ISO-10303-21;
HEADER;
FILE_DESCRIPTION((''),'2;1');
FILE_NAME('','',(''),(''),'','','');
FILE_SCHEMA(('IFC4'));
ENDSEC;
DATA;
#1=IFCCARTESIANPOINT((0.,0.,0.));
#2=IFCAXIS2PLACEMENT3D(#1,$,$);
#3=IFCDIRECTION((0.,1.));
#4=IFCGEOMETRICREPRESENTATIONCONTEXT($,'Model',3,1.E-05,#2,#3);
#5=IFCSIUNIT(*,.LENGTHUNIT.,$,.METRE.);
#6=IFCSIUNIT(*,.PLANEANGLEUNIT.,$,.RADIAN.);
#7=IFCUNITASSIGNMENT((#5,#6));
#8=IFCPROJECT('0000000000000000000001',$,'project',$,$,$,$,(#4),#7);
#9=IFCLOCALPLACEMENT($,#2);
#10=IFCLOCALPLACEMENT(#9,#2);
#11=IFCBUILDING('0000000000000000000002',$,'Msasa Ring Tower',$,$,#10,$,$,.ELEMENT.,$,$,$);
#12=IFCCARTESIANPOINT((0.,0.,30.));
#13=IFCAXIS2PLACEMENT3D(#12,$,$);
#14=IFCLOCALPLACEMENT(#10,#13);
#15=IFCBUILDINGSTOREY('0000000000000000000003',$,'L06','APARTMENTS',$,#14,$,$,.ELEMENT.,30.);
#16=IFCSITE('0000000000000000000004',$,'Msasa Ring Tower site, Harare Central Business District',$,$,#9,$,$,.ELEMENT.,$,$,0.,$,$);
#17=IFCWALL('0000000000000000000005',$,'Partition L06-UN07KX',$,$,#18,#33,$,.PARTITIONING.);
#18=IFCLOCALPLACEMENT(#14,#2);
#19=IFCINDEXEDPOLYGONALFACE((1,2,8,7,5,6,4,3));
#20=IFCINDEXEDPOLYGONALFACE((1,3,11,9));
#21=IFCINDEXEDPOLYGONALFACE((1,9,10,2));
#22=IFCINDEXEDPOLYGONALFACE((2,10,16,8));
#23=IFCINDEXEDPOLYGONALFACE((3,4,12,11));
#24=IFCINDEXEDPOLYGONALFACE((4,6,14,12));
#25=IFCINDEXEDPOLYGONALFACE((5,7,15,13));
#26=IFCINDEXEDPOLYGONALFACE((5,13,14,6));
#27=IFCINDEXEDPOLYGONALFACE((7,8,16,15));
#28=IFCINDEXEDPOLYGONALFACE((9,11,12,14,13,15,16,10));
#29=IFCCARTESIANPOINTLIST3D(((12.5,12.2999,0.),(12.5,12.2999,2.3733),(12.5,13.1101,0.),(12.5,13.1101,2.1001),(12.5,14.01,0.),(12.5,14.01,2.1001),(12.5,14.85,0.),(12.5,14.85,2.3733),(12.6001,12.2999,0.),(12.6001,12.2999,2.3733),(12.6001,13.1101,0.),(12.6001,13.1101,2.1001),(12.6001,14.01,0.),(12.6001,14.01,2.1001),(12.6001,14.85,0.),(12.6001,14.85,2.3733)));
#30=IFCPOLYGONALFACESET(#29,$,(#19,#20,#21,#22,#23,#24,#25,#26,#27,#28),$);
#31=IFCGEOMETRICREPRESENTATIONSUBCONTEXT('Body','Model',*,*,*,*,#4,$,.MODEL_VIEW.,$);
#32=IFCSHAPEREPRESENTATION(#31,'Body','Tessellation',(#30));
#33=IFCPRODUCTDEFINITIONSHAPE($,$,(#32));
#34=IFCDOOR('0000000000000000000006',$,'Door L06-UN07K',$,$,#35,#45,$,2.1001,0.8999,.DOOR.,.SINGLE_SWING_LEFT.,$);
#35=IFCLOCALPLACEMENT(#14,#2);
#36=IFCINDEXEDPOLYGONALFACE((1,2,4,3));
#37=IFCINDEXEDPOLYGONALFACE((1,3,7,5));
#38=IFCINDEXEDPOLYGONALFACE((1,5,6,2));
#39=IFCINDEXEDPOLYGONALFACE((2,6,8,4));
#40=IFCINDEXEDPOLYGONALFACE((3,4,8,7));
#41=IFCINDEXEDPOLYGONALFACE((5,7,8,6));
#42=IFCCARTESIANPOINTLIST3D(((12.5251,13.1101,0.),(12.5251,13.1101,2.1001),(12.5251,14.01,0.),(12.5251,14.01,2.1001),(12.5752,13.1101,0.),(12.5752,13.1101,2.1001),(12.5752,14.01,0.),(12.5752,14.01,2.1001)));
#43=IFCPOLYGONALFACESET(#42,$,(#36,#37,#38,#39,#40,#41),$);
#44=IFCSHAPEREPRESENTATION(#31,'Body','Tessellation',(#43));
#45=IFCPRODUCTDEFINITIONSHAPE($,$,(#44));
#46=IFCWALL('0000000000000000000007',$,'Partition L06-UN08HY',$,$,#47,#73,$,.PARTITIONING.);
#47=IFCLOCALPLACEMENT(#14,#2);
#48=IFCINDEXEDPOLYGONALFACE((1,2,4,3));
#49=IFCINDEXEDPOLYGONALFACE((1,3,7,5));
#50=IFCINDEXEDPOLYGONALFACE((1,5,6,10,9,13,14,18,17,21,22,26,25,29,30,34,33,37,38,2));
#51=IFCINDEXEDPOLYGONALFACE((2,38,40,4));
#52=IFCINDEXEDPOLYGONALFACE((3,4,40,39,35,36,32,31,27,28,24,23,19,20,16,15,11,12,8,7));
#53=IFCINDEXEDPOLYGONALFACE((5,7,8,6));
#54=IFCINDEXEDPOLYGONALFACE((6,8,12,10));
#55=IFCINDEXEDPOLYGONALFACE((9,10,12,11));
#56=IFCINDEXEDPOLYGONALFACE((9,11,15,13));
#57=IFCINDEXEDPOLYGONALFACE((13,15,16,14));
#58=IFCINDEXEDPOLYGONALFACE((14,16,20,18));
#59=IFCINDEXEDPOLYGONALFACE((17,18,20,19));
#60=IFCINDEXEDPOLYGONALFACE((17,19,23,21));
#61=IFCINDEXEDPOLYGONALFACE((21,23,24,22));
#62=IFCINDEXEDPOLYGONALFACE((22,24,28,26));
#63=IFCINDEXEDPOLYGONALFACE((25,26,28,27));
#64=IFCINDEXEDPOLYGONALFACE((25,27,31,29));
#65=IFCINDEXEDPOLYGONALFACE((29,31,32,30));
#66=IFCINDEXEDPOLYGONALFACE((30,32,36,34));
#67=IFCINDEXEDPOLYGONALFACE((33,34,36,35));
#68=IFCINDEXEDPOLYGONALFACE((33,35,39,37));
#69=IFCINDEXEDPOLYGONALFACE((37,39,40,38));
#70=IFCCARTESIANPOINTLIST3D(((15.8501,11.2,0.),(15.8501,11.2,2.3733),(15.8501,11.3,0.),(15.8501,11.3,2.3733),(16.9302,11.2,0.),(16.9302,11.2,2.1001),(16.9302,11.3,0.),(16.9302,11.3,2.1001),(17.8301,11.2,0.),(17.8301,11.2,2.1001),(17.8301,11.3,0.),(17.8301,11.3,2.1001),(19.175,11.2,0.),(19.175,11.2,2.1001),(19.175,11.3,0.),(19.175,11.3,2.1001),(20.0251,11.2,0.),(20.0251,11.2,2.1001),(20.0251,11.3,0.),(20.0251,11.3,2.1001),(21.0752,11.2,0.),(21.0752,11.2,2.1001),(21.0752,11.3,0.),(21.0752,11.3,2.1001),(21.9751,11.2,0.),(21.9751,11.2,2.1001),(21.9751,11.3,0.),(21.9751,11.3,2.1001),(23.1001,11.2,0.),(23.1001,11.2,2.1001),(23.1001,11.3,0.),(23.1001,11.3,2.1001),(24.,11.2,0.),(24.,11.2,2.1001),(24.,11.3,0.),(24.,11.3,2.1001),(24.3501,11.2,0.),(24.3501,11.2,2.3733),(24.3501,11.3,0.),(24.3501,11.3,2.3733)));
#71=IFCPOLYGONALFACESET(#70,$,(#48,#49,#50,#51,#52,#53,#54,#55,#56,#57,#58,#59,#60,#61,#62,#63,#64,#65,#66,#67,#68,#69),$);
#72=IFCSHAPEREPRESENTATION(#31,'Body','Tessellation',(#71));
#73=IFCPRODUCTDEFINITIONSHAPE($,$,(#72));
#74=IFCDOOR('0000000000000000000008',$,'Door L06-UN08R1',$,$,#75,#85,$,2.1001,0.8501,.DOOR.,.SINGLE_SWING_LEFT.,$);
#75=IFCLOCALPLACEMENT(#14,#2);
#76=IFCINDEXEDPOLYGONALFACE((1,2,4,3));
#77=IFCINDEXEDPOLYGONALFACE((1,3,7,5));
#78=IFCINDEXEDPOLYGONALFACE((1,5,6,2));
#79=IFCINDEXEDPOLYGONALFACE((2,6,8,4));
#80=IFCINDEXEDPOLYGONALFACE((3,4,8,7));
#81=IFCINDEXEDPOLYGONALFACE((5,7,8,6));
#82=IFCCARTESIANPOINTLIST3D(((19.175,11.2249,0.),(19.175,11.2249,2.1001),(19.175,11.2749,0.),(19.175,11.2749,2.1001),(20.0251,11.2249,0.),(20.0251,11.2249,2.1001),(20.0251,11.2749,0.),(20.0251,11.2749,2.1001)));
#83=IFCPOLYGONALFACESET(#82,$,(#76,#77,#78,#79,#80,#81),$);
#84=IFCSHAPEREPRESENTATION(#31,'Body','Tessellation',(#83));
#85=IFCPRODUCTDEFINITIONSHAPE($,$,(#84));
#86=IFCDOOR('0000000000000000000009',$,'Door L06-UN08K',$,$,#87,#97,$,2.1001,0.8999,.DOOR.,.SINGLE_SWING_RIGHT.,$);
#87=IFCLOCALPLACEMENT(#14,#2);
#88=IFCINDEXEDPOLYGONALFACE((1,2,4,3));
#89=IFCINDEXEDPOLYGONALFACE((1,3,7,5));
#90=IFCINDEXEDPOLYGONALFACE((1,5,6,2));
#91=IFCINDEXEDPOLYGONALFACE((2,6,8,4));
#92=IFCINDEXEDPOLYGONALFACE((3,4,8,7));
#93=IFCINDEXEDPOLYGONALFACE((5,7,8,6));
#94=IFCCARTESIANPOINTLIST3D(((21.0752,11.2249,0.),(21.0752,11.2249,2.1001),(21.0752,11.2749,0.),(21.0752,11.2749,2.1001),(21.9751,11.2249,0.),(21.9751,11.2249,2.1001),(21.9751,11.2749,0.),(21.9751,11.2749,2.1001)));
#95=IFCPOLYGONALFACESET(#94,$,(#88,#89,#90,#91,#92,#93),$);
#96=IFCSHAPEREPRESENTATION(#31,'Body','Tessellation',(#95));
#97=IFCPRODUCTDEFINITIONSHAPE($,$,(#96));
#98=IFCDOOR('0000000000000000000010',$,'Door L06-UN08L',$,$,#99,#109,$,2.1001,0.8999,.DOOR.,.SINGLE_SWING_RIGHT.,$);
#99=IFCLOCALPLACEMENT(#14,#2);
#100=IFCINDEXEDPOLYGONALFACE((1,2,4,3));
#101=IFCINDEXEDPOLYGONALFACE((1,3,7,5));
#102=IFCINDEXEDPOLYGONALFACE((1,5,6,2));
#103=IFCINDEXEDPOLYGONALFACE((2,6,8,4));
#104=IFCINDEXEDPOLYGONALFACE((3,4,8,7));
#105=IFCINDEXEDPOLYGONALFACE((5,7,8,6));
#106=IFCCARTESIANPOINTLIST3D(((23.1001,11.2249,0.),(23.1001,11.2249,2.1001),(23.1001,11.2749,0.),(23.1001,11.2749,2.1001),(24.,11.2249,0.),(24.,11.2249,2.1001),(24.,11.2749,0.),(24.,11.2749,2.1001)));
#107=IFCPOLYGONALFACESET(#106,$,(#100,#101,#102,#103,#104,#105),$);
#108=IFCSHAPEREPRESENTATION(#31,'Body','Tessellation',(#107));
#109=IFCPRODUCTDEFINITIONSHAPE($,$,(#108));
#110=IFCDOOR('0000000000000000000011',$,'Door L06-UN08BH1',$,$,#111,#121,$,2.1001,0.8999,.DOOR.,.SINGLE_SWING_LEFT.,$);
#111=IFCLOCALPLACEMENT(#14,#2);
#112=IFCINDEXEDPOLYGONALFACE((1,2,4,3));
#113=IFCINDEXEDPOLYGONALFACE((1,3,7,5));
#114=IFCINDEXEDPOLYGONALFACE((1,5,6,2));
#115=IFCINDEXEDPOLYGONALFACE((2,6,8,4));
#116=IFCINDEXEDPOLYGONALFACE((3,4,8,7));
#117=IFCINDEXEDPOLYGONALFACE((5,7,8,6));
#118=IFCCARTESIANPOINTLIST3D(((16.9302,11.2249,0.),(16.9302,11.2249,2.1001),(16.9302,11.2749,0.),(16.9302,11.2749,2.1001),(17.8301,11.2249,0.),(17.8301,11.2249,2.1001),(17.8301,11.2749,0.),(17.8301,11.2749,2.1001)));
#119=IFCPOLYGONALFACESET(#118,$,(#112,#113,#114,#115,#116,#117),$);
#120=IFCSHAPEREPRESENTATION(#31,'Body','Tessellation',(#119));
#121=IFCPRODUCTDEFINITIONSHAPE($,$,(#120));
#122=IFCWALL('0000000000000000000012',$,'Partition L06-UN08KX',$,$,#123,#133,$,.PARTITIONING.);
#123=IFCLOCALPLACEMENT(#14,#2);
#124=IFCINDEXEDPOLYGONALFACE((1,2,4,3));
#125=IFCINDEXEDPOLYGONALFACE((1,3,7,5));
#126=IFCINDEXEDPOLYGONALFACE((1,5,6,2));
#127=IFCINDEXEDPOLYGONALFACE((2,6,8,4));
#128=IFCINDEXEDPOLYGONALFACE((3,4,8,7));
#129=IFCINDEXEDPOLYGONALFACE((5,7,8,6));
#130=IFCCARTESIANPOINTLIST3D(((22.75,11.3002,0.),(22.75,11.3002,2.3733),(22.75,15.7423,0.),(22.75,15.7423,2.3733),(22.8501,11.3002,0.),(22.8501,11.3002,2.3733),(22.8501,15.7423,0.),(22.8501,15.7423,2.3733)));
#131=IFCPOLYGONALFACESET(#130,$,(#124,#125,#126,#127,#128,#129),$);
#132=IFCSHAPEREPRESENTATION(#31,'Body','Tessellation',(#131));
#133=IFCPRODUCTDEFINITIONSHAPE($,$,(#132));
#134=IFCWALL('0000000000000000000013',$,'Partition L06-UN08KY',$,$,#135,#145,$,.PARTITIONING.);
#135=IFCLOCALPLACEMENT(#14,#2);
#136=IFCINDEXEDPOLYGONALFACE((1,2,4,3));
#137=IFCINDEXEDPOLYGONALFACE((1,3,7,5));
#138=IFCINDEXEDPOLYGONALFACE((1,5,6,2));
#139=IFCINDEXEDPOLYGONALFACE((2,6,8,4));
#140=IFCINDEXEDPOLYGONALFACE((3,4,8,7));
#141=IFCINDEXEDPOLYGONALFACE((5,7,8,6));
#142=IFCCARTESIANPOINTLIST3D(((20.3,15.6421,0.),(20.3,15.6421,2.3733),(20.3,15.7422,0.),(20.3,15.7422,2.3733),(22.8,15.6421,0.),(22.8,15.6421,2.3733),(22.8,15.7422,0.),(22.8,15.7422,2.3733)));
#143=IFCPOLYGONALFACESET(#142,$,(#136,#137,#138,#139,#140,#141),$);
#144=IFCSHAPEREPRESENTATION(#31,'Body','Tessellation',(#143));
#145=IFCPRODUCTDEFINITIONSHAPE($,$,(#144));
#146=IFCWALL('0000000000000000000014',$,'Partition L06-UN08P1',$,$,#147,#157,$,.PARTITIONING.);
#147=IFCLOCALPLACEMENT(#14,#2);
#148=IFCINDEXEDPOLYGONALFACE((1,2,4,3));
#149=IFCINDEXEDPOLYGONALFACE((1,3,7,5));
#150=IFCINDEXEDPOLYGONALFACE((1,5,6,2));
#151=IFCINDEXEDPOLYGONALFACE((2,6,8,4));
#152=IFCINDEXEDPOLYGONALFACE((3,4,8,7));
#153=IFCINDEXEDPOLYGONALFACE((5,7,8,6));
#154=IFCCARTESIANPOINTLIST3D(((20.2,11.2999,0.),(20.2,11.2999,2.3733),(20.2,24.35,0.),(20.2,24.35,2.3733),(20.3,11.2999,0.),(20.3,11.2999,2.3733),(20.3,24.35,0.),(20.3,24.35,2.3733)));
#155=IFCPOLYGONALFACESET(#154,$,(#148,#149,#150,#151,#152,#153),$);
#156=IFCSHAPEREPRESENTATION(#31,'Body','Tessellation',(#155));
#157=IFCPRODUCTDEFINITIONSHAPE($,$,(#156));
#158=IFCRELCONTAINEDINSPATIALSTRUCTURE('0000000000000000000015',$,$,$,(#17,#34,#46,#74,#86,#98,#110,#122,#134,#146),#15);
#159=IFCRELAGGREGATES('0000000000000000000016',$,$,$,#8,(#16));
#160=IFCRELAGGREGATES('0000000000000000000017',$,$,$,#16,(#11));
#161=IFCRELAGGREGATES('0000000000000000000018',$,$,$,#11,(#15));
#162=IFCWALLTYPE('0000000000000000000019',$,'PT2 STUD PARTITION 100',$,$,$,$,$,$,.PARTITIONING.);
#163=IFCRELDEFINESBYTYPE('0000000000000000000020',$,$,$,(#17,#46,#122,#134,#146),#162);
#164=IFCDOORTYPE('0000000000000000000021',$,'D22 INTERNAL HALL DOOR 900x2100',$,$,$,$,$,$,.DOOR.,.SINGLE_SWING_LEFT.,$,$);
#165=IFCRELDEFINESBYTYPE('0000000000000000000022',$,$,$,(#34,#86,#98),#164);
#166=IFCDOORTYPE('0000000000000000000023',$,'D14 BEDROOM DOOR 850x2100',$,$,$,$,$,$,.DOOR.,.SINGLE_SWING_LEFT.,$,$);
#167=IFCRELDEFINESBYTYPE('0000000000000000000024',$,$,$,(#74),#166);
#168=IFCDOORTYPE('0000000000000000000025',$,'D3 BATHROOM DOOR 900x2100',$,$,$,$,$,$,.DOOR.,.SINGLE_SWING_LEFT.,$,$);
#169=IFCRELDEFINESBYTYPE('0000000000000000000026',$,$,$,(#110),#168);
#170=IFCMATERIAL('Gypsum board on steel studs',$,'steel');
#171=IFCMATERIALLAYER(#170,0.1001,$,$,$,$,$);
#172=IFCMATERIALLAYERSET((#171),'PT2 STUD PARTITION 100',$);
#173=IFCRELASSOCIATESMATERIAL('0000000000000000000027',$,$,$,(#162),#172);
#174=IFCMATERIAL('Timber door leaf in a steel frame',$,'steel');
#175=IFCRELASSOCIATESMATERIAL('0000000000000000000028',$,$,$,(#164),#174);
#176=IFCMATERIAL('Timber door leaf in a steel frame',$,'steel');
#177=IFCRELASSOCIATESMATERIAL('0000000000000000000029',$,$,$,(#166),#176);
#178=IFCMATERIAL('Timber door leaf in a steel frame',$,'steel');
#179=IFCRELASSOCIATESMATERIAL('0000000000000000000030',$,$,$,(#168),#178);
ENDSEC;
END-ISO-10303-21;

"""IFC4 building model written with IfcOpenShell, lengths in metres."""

from ifc_helpers import new_model, si_unit, direction, frame, frame_2d, origin, place, context, subcontext, project, spatial, rectangle, extrude, material, layer, layer_set, type_object, element, fill, save


model = new_model("IFC4")

# Units and contexts
model_context = context("Model", 3, precision=1e-05, world=origin(), true_north=direction((0.0, 1.0)))
body_context = subcontext(model_context, "Body", "Model", "MODEL_VIEW")
ifc_project = project(units=[si_unit("LENGTHUNIT", "METRE"), si_unit("PLANEANGLEUNIT", "RADIAN")], contexts=[model_context])

# Site, building, storey
site_placement = place(None, origin())
site = spatial("IfcSite", under=ifc_project, at=site_placement, Name="Msasa Ring Tower site, Harare Central Business District", CompositionType="ELEMENT", RefElevation=0.0)
building_placement = place(site_placement, origin())
building = spatial("IfcBuilding", under=site, at=building_placement, Name="Msasa Ring Tower", CompositionType="ELEMENT")
storey_placement = place(building_placement, frame((0.0, 0.0, 30.0)))
storey = spatial("IfcBuildingStorey", under=building, at=storey_placement, Name="L06", Description="APARTMENTS", CompositionType="ELEMENT", Elevation=30.0)

# Shared definitions
ifc_material_1 = material(Name="Gypsum board on steel studs", Category="steel")
ifc_layer_1 = layer(ifc_material_1, 0.1001)
ifc_layer_set_1 = layer_set([ifc_layer_1], Name="PT2 STUD PARTITION 100")
wall_type_1 = type_object("IfcWallType", Name="PT2 STUD PARTITION 100", PredefinedType="PARTITIONING", material=ifc_layer_set_1)

# Wall, opening, door
wall_1_placement = place(storey_placement, frame((12.55, 12.3, 0.0), z_axis=(0.0, 0.0, 1.0), x_axis=(0.0, 1.0, 0.0)))
wall_1 = element("IfcWall", 1, at=wall_1_placement, inside=storey, type_object=wall_type_1, Name="Partition L06-UN07KX", PredefinedType="PARTITIONING", context=body_context, shape_type="SweptSolid", body=[
    extrude(rectangle(XDim=2.55, YDim=0.1001, at=frame_2d((1.2749, 0.0))), origin(), (0.0, 0.0, 1.0), 2.3733),
])
opening_1_placement = place(wall_1_placement, frame((0.8101, 0.0, 0.0)))
opening_1 = element("IfcOpeningElement", 2, at=opening_1_placement, cuts=wall_1, PredefinedType="OPENING", context=body_context, shape_type="SweptSolid", body=[
    extrude(rectangle(XDim=0.8999, YDim=2.1001, at=frame_2d((0.45, 1.05))), frame((0.0, 0.0601, 0.0), z_axis=(0.0, -1.0, 0.0), x_axis=(1.0, 0.0, 0.0)), (0.0, 0.0, 1.0), 0.1201),
])
ifc_material_2 = material(Name="Timber door leaf in a steel frame", Category="steel")
door_type_1 = type_object("IfcDoorType", Name="D22 INTERNAL HALL DOOR 900x2100", OperationType="SINGLE_SWING_LEFT", PredefinedType="DOOR", material=ifc_material_2)
door_1_placement = place(opening_1_placement, origin())
door_1 = element("IfcDoor", 3, at=door_1_placement, inside=storey, type_object=door_type_1, Name="Door L06-UN07K", OperationType="SINGLE_SWING_LEFT", OverallHeight=2.1001, OverallWidth=0.8999, PredefinedType="DOOR", context=body_context, shape_type="SweptSolid", body=[
    extrude(rectangle(XDim=0.8999, YDim=2.1001, at=frame_2d((0.45, 1.05))), frame((0.0, 0.0249, 0.0), z_axis=(0.0, -1.0, 0.0), x_axis=(1.0, 0.0, 0.0)), (0.0, 0.0, 1.0), 0.05),
])
fill(opening_1, door_1)

# Wall, openings, doors
wall_2_placement = place(storey_placement, frame((15.8501, 11.25, 0.0), z_axis=(0.0, 0.0, 1.0), x_axis=(1.0, 0.0, 0.0)))
wall_2 = element("IfcWall", 4, at=wall_2_placement, inside=storey, type_object=wall_type_1, Name="Partition L06-UN08HY", PredefinedType="PARTITIONING", context=body_context, shape_type="SweptSolid", body=[
    extrude(rectangle(XDim=8.5, YDim=0.1001, at=frame_2d((4.25, 0.0))), origin(), (0.0, 0.0, 1.0), 2.3733),
])
opening_2_placement = place(wall_2_placement, frame((5.2251, 0.0, 0.0)))
opening_2 = element("IfcOpeningElement", 5, at=opening_2_placement, cuts=wall_2, PredefinedType="OPENING", context=body_context, shape_type="SweptSolid", body=[
    extrude(rectangle(XDim=0.8999, YDim=2.1001, at=frame_2d((0.45, 1.05))), frame((0.0, 0.0601, 0.0), z_axis=(0.0, -1.0, 0.0), x_axis=(1.0, 0.0, 0.0)), (0.0, 0.0, 1.0), 0.1201),
])
opening_3_placement = place(wall_2_placement, frame((7.25, 0.0, 0.0)))
opening_3 = element("IfcOpeningElement", 6, at=opening_3_placement, cuts=wall_2, PredefinedType="OPENING", context=body_context, shape_type="SweptSolid", body=[
    extrude(rectangle(XDim=0.8999, YDim=2.1001, at=frame_2d((0.45, 1.05))), frame((0.0, 0.0601, 0.0), z_axis=(0.0, -1.0, 0.0), x_axis=(1.0, 0.0, 0.0)), (0.0, 0.0, 1.0), 0.1201),
])
opening_4_placement = place(wall_2_placement, frame((3.325, 0.0, 0.0)))
opening_4 = element("IfcOpeningElement", 7, at=opening_4_placement, cuts=wall_2, PredefinedType="OPENING", context=body_context, shape_type="SweptSolid", body=[
    extrude(rectangle(XDim=0.8501, YDim=2.1001, at=frame_2d((0.425, 1.05))), frame((0.0, 0.0601, 0.0), z_axis=(0.0, -1.0, 0.0), x_axis=(1.0, 0.0, 0.0)), (0.0, 0.0, 1.0), 0.1201),
])
opening_5_placement = place(wall_2_placement, frame((1.0801, 0.0, 0.0)))
opening_5 = element("IfcOpeningElement", 8, at=opening_5_placement, cuts=wall_2, PredefinedType="OPENING", context=body_context, shape_type="SweptSolid", body=[
    extrude(rectangle(XDim=0.8999, YDim=2.1001, at=frame_2d((0.45, 1.05))), frame((0.0, 0.0601, 0.0), z_axis=(0.0, -1.0, 0.0), x_axis=(1.0, 0.0, 0.0)), (0.0, 0.0, 1.0), 0.1201),
])
ifc_material_3 = material(Name="Timber door leaf in a steel frame", Category="steel")
door_type_2 = type_object("IfcDoorType", Name="D14 BEDROOM DOOR 850x2100", OperationType="SINGLE_SWING_LEFT", PredefinedType="DOOR", material=ifc_material_3)
door_2_placement = place(opening_4_placement, origin())
door_2 = element("IfcDoor", 9, at=door_2_placement, inside=storey, type_object=door_type_2, Name="Door L06-UN08R1", OperationType="SINGLE_SWING_LEFT", OverallHeight=2.1001, OverallWidth=0.8501, PredefinedType="DOOR", context=body_context, shape_type="SweptSolid", body=[
    extrude(rectangle(XDim=0.8501, YDim=2.1001, at=frame_2d((0.425, 1.05))), frame((0.0, 0.0249, 0.0), z_axis=(0.0, -1.0, 0.0), x_axis=(1.0, 0.0, 0.0)), (0.0, 0.0, 1.0), 0.05),
])
fill(opening_4, door_2)
door_3_placement = place(opening_2_placement, origin())
door_3 = element("IfcDoor", 10, at=door_3_placement, inside=storey, type_object=door_type_1, Name="Door L06-UN08K", OperationType="SINGLE_SWING_RIGHT", OverallHeight=2.1001, OverallWidth=0.8999, PredefinedType="DOOR", context=body_context, shape_type="SweptSolid", body=[
    extrude(rectangle(XDim=0.8999, YDim=2.1001, at=frame_2d((0.45, 1.05))), frame((0.0, 0.0249, 0.0), z_axis=(0.0, -1.0, 0.0), x_axis=(1.0, 0.0, 0.0)), (0.0, 0.0, 1.0), 0.05),
])
fill(opening_2, door_3)
door_4_placement = place(opening_3_placement, origin())
door_4 = element("IfcDoor", 11, at=door_4_placement, inside=storey, type_object=door_type_1, Name="Door L06-UN08L", OperationType="SINGLE_SWING_RIGHT", OverallHeight=2.1001, OverallWidth=0.8999, PredefinedType="DOOR", context=body_context, shape_type="SweptSolid", body=[
    extrude(rectangle(XDim=0.8999, YDim=2.1001, at=frame_2d((0.45, 1.05))), frame((0.0, 0.0249, 0.0), z_axis=(0.0, -1.0, 0.0), x_axis=(1.0, 0.0, 0.0)), (0.0, 0.0, 1.0), 0.05),
])
fill(opening_3, door_4)
ifc_material_4 = material(Name="Timber door leaf in a steel frame", Category="steel")
door_type_3 = type_object("IfcDoorType", Name="D3 BATHROOM DOOR 900x2100", OperationType="SINGLE_SWING_LEFT", PredefinedType="DOOR", material=ifc_material_4)
door_5_placement = place(opening_5_placement, origin())
door_5 = element("IfcDoor", 12, at=door_5_placement, inside=storey, type_object=door_type_3, Name="Door L06-UN08BH1", OperationType="SINGLE_SWING_LEFT", OverallHeight=2.1001, OverallWidth=0.8999, PredefinedType="DOOR", context=body_context, shape_type="SweptSolid", body=[
    extrude(rectangle(XDim=0.8999, YDim=2.1001, at=frame_2d((0.45, 1.05))), frame((0.0, 0.0249, 0.0), z_axis=(0.0, -1.0, 0.0), x_axis=(1.0, 0.0, 0.0)), (0.0, 0.0, 1.0), 0.05),
])
fill(opening_5, door_5)

# Walls
wall_3_placement = place(storey_placement, frame((22.8, 11.3, 0.0), z_axis=(0.0, 0.0, 1.0), x_axis=(0.0, 1.0, 0.0)))
element("IfcWall", 13, at=wall_3_placement, inside=storey, type_object=wall_type_1, Name="Partition L06-UN08KX", PredefinedType="PARTITIONING", context=body_context, shape_type="SweptSolid", body=[
    extrude(rectangle(XDim=4.4421, YDim=0.1001, at=frame_2d((2.2212, 0.0))), origin(), (0.0, 0.0, 1.0), 2.3733),
])
wall_4_placement = place(storey_placement, frame((20.3, 15.6921, 0.0), z_axis=(0.0, 0.0, 1.0), x_axis=(1.0, 0.0, 0.0)))
element("IfcWall", 14, at=wall_4_placement, inside=storey, type_object=wall_type_1, Name="Partition L06-UN08KY", PredefinedType="PARTITIONING", context=body_context, shape_type="SweptSolid", body=[
    extrude(rectangle(XDim=2.5, YDim=0.1001, at=frame_2d((1.25, 0.0))), origin(), (0.0, 0.0, 1.0), 2.3733),
])
wall_5_placement = place(storey_placement, frame((20.25, 11.3, 0.0), z_axis=(0.0, 0.0, 1.0), x_axis=(0.0, 1.0, 0.0)))
element("IfcWall", 15, at=wall_5_placement, inside=storey, type_object=wall_type_1, Name="Partition L06-UN08P1", PredefinedType="PARTITIONING", context=body_context, shape_type="SweptSolid", body=[
    extrude(rectangle(XDim=13.05, YDim=0.1001, at=frame_2d((6.5249, 0.0))), origin(), (0.0, 0.0, 1.0), 2.3733),
])

save(model, "model.ifc")
